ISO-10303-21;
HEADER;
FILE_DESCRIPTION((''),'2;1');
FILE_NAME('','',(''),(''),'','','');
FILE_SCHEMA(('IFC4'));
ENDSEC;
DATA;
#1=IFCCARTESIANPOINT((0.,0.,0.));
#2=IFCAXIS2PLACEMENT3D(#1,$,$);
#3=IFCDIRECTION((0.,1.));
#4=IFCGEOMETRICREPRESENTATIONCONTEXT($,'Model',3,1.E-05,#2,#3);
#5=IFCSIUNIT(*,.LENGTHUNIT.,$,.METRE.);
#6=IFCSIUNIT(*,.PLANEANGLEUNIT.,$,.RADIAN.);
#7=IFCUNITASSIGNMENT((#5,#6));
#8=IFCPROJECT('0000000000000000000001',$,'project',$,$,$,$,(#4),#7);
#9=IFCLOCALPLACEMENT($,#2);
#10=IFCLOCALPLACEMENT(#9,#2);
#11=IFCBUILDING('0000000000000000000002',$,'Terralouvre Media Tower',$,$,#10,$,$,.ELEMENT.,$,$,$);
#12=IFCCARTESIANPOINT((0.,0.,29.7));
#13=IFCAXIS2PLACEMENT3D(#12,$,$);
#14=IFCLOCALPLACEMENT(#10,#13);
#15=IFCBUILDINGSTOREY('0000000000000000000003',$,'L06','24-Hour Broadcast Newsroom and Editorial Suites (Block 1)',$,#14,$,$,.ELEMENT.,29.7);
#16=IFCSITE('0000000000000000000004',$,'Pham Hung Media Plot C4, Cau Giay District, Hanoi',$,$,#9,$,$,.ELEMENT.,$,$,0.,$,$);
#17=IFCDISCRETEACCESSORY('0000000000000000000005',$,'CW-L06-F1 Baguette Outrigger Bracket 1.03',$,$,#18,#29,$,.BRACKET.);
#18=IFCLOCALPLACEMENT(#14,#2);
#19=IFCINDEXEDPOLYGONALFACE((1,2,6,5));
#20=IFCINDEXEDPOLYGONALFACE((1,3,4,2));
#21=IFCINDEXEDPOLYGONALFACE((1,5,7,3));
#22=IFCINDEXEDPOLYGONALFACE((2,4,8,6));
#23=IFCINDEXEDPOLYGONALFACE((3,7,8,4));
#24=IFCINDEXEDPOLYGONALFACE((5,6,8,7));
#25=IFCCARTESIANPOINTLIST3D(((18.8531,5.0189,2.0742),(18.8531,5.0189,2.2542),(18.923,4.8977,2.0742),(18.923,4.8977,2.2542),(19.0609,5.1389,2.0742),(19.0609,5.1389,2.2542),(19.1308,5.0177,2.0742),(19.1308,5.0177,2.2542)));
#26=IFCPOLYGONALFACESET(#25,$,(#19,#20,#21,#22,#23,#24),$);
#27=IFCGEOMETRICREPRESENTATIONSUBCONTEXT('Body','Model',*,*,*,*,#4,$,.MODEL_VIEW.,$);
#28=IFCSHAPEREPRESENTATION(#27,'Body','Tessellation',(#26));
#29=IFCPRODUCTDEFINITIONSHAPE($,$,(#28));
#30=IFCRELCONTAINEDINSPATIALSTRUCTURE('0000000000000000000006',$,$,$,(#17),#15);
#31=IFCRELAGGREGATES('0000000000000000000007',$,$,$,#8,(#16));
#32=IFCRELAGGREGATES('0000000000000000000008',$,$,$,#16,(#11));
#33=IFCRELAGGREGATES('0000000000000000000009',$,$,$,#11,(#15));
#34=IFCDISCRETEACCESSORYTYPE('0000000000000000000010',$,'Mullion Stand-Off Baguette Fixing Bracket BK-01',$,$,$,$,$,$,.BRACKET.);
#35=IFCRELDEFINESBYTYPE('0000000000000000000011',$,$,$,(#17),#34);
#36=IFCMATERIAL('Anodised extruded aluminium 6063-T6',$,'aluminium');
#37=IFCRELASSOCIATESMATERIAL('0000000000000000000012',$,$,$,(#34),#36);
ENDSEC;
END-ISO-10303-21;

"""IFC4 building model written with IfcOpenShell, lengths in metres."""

from ifc_helpers import new_model, si_unit, direction, frame, origin, origin_2d, place, context, subcontext, project, spatial, rectangle, extrude, material, type_object, element, save


model = new_model("IFC4")

# Units and contexts
model_context = context("Model", 3, precision=1e-05, world=origin(), true_north=direction((0.0, 1.0)))
body_context = subcontext(model_context, "Body", "Model", "MODEL_VIEW")
ifc_project = project(units=[si_unit("LENGTHUNIT", "METRE"), si_unit("PLANEANGLEUNIT", "RADIAN")], contexts=[model_context])

# Site, building, storey
site_placement = place(None, origin())
site = spatial("IfcSite", under=ifc_project, at=site_placement, Name="Pham Hung Media Plot C4, Cau Giay District, Hanoi", CompositionType="ELEMENT", RefElevation=0.0)
building_placement = place(site_placement, origin())
building = spatial("IfcBuilding", under=site, at=building_placement, Name="Terralouvre Media Tower", CompositionType="ELEMENT")
storey_placement = place(building_placement, frame((0.0, 0.0, 29.7)))
storey = spatial("IfcBuildingStorey", under=building, at=storey_placement, Name="L06", Description="24-Hour Broadcast Newsroom and Editorial Suites (Block 1)", CompositionType="ELEMENT", Elevation=29.7)

# Discrete accessory
ifc_material_1 = material(Name="Anodised extruded aluminium 6063-T6", Category="aluminium")
discrete_accessory_type = type_object("IfcDiscreteAccessoryType", Name="Mullion Stand-Off Baguette Fixing Bracket BK-01", PredefinedType="BRACKET", material=ifc_material_1)
discrete_accessory_placement = place(storey_placement, frame((18.9919, 5.0183, 2.0742), z_axis=(0.0, 0.0, 1.0), x_axis=(-0.5, 0.866025, 0.0)))
element("IfcDiscreteAccessory", 1, at=discrete_accessory_placement, inside=storey, type_object=discrete_accessory_type, Name="CW-L06-F1 Baguette Outrigger Bracket 1.03", PredefinedType="BRACKET", context=body_context, shape_type="SweptSolid", body=[
    extrude(rectangle(XDim=0.1399, YDim=0.24, at=origin_2d()), origin(), (0.0, 0.0, 1.0), 0.1799),
])

save(model, "model.ifc")
